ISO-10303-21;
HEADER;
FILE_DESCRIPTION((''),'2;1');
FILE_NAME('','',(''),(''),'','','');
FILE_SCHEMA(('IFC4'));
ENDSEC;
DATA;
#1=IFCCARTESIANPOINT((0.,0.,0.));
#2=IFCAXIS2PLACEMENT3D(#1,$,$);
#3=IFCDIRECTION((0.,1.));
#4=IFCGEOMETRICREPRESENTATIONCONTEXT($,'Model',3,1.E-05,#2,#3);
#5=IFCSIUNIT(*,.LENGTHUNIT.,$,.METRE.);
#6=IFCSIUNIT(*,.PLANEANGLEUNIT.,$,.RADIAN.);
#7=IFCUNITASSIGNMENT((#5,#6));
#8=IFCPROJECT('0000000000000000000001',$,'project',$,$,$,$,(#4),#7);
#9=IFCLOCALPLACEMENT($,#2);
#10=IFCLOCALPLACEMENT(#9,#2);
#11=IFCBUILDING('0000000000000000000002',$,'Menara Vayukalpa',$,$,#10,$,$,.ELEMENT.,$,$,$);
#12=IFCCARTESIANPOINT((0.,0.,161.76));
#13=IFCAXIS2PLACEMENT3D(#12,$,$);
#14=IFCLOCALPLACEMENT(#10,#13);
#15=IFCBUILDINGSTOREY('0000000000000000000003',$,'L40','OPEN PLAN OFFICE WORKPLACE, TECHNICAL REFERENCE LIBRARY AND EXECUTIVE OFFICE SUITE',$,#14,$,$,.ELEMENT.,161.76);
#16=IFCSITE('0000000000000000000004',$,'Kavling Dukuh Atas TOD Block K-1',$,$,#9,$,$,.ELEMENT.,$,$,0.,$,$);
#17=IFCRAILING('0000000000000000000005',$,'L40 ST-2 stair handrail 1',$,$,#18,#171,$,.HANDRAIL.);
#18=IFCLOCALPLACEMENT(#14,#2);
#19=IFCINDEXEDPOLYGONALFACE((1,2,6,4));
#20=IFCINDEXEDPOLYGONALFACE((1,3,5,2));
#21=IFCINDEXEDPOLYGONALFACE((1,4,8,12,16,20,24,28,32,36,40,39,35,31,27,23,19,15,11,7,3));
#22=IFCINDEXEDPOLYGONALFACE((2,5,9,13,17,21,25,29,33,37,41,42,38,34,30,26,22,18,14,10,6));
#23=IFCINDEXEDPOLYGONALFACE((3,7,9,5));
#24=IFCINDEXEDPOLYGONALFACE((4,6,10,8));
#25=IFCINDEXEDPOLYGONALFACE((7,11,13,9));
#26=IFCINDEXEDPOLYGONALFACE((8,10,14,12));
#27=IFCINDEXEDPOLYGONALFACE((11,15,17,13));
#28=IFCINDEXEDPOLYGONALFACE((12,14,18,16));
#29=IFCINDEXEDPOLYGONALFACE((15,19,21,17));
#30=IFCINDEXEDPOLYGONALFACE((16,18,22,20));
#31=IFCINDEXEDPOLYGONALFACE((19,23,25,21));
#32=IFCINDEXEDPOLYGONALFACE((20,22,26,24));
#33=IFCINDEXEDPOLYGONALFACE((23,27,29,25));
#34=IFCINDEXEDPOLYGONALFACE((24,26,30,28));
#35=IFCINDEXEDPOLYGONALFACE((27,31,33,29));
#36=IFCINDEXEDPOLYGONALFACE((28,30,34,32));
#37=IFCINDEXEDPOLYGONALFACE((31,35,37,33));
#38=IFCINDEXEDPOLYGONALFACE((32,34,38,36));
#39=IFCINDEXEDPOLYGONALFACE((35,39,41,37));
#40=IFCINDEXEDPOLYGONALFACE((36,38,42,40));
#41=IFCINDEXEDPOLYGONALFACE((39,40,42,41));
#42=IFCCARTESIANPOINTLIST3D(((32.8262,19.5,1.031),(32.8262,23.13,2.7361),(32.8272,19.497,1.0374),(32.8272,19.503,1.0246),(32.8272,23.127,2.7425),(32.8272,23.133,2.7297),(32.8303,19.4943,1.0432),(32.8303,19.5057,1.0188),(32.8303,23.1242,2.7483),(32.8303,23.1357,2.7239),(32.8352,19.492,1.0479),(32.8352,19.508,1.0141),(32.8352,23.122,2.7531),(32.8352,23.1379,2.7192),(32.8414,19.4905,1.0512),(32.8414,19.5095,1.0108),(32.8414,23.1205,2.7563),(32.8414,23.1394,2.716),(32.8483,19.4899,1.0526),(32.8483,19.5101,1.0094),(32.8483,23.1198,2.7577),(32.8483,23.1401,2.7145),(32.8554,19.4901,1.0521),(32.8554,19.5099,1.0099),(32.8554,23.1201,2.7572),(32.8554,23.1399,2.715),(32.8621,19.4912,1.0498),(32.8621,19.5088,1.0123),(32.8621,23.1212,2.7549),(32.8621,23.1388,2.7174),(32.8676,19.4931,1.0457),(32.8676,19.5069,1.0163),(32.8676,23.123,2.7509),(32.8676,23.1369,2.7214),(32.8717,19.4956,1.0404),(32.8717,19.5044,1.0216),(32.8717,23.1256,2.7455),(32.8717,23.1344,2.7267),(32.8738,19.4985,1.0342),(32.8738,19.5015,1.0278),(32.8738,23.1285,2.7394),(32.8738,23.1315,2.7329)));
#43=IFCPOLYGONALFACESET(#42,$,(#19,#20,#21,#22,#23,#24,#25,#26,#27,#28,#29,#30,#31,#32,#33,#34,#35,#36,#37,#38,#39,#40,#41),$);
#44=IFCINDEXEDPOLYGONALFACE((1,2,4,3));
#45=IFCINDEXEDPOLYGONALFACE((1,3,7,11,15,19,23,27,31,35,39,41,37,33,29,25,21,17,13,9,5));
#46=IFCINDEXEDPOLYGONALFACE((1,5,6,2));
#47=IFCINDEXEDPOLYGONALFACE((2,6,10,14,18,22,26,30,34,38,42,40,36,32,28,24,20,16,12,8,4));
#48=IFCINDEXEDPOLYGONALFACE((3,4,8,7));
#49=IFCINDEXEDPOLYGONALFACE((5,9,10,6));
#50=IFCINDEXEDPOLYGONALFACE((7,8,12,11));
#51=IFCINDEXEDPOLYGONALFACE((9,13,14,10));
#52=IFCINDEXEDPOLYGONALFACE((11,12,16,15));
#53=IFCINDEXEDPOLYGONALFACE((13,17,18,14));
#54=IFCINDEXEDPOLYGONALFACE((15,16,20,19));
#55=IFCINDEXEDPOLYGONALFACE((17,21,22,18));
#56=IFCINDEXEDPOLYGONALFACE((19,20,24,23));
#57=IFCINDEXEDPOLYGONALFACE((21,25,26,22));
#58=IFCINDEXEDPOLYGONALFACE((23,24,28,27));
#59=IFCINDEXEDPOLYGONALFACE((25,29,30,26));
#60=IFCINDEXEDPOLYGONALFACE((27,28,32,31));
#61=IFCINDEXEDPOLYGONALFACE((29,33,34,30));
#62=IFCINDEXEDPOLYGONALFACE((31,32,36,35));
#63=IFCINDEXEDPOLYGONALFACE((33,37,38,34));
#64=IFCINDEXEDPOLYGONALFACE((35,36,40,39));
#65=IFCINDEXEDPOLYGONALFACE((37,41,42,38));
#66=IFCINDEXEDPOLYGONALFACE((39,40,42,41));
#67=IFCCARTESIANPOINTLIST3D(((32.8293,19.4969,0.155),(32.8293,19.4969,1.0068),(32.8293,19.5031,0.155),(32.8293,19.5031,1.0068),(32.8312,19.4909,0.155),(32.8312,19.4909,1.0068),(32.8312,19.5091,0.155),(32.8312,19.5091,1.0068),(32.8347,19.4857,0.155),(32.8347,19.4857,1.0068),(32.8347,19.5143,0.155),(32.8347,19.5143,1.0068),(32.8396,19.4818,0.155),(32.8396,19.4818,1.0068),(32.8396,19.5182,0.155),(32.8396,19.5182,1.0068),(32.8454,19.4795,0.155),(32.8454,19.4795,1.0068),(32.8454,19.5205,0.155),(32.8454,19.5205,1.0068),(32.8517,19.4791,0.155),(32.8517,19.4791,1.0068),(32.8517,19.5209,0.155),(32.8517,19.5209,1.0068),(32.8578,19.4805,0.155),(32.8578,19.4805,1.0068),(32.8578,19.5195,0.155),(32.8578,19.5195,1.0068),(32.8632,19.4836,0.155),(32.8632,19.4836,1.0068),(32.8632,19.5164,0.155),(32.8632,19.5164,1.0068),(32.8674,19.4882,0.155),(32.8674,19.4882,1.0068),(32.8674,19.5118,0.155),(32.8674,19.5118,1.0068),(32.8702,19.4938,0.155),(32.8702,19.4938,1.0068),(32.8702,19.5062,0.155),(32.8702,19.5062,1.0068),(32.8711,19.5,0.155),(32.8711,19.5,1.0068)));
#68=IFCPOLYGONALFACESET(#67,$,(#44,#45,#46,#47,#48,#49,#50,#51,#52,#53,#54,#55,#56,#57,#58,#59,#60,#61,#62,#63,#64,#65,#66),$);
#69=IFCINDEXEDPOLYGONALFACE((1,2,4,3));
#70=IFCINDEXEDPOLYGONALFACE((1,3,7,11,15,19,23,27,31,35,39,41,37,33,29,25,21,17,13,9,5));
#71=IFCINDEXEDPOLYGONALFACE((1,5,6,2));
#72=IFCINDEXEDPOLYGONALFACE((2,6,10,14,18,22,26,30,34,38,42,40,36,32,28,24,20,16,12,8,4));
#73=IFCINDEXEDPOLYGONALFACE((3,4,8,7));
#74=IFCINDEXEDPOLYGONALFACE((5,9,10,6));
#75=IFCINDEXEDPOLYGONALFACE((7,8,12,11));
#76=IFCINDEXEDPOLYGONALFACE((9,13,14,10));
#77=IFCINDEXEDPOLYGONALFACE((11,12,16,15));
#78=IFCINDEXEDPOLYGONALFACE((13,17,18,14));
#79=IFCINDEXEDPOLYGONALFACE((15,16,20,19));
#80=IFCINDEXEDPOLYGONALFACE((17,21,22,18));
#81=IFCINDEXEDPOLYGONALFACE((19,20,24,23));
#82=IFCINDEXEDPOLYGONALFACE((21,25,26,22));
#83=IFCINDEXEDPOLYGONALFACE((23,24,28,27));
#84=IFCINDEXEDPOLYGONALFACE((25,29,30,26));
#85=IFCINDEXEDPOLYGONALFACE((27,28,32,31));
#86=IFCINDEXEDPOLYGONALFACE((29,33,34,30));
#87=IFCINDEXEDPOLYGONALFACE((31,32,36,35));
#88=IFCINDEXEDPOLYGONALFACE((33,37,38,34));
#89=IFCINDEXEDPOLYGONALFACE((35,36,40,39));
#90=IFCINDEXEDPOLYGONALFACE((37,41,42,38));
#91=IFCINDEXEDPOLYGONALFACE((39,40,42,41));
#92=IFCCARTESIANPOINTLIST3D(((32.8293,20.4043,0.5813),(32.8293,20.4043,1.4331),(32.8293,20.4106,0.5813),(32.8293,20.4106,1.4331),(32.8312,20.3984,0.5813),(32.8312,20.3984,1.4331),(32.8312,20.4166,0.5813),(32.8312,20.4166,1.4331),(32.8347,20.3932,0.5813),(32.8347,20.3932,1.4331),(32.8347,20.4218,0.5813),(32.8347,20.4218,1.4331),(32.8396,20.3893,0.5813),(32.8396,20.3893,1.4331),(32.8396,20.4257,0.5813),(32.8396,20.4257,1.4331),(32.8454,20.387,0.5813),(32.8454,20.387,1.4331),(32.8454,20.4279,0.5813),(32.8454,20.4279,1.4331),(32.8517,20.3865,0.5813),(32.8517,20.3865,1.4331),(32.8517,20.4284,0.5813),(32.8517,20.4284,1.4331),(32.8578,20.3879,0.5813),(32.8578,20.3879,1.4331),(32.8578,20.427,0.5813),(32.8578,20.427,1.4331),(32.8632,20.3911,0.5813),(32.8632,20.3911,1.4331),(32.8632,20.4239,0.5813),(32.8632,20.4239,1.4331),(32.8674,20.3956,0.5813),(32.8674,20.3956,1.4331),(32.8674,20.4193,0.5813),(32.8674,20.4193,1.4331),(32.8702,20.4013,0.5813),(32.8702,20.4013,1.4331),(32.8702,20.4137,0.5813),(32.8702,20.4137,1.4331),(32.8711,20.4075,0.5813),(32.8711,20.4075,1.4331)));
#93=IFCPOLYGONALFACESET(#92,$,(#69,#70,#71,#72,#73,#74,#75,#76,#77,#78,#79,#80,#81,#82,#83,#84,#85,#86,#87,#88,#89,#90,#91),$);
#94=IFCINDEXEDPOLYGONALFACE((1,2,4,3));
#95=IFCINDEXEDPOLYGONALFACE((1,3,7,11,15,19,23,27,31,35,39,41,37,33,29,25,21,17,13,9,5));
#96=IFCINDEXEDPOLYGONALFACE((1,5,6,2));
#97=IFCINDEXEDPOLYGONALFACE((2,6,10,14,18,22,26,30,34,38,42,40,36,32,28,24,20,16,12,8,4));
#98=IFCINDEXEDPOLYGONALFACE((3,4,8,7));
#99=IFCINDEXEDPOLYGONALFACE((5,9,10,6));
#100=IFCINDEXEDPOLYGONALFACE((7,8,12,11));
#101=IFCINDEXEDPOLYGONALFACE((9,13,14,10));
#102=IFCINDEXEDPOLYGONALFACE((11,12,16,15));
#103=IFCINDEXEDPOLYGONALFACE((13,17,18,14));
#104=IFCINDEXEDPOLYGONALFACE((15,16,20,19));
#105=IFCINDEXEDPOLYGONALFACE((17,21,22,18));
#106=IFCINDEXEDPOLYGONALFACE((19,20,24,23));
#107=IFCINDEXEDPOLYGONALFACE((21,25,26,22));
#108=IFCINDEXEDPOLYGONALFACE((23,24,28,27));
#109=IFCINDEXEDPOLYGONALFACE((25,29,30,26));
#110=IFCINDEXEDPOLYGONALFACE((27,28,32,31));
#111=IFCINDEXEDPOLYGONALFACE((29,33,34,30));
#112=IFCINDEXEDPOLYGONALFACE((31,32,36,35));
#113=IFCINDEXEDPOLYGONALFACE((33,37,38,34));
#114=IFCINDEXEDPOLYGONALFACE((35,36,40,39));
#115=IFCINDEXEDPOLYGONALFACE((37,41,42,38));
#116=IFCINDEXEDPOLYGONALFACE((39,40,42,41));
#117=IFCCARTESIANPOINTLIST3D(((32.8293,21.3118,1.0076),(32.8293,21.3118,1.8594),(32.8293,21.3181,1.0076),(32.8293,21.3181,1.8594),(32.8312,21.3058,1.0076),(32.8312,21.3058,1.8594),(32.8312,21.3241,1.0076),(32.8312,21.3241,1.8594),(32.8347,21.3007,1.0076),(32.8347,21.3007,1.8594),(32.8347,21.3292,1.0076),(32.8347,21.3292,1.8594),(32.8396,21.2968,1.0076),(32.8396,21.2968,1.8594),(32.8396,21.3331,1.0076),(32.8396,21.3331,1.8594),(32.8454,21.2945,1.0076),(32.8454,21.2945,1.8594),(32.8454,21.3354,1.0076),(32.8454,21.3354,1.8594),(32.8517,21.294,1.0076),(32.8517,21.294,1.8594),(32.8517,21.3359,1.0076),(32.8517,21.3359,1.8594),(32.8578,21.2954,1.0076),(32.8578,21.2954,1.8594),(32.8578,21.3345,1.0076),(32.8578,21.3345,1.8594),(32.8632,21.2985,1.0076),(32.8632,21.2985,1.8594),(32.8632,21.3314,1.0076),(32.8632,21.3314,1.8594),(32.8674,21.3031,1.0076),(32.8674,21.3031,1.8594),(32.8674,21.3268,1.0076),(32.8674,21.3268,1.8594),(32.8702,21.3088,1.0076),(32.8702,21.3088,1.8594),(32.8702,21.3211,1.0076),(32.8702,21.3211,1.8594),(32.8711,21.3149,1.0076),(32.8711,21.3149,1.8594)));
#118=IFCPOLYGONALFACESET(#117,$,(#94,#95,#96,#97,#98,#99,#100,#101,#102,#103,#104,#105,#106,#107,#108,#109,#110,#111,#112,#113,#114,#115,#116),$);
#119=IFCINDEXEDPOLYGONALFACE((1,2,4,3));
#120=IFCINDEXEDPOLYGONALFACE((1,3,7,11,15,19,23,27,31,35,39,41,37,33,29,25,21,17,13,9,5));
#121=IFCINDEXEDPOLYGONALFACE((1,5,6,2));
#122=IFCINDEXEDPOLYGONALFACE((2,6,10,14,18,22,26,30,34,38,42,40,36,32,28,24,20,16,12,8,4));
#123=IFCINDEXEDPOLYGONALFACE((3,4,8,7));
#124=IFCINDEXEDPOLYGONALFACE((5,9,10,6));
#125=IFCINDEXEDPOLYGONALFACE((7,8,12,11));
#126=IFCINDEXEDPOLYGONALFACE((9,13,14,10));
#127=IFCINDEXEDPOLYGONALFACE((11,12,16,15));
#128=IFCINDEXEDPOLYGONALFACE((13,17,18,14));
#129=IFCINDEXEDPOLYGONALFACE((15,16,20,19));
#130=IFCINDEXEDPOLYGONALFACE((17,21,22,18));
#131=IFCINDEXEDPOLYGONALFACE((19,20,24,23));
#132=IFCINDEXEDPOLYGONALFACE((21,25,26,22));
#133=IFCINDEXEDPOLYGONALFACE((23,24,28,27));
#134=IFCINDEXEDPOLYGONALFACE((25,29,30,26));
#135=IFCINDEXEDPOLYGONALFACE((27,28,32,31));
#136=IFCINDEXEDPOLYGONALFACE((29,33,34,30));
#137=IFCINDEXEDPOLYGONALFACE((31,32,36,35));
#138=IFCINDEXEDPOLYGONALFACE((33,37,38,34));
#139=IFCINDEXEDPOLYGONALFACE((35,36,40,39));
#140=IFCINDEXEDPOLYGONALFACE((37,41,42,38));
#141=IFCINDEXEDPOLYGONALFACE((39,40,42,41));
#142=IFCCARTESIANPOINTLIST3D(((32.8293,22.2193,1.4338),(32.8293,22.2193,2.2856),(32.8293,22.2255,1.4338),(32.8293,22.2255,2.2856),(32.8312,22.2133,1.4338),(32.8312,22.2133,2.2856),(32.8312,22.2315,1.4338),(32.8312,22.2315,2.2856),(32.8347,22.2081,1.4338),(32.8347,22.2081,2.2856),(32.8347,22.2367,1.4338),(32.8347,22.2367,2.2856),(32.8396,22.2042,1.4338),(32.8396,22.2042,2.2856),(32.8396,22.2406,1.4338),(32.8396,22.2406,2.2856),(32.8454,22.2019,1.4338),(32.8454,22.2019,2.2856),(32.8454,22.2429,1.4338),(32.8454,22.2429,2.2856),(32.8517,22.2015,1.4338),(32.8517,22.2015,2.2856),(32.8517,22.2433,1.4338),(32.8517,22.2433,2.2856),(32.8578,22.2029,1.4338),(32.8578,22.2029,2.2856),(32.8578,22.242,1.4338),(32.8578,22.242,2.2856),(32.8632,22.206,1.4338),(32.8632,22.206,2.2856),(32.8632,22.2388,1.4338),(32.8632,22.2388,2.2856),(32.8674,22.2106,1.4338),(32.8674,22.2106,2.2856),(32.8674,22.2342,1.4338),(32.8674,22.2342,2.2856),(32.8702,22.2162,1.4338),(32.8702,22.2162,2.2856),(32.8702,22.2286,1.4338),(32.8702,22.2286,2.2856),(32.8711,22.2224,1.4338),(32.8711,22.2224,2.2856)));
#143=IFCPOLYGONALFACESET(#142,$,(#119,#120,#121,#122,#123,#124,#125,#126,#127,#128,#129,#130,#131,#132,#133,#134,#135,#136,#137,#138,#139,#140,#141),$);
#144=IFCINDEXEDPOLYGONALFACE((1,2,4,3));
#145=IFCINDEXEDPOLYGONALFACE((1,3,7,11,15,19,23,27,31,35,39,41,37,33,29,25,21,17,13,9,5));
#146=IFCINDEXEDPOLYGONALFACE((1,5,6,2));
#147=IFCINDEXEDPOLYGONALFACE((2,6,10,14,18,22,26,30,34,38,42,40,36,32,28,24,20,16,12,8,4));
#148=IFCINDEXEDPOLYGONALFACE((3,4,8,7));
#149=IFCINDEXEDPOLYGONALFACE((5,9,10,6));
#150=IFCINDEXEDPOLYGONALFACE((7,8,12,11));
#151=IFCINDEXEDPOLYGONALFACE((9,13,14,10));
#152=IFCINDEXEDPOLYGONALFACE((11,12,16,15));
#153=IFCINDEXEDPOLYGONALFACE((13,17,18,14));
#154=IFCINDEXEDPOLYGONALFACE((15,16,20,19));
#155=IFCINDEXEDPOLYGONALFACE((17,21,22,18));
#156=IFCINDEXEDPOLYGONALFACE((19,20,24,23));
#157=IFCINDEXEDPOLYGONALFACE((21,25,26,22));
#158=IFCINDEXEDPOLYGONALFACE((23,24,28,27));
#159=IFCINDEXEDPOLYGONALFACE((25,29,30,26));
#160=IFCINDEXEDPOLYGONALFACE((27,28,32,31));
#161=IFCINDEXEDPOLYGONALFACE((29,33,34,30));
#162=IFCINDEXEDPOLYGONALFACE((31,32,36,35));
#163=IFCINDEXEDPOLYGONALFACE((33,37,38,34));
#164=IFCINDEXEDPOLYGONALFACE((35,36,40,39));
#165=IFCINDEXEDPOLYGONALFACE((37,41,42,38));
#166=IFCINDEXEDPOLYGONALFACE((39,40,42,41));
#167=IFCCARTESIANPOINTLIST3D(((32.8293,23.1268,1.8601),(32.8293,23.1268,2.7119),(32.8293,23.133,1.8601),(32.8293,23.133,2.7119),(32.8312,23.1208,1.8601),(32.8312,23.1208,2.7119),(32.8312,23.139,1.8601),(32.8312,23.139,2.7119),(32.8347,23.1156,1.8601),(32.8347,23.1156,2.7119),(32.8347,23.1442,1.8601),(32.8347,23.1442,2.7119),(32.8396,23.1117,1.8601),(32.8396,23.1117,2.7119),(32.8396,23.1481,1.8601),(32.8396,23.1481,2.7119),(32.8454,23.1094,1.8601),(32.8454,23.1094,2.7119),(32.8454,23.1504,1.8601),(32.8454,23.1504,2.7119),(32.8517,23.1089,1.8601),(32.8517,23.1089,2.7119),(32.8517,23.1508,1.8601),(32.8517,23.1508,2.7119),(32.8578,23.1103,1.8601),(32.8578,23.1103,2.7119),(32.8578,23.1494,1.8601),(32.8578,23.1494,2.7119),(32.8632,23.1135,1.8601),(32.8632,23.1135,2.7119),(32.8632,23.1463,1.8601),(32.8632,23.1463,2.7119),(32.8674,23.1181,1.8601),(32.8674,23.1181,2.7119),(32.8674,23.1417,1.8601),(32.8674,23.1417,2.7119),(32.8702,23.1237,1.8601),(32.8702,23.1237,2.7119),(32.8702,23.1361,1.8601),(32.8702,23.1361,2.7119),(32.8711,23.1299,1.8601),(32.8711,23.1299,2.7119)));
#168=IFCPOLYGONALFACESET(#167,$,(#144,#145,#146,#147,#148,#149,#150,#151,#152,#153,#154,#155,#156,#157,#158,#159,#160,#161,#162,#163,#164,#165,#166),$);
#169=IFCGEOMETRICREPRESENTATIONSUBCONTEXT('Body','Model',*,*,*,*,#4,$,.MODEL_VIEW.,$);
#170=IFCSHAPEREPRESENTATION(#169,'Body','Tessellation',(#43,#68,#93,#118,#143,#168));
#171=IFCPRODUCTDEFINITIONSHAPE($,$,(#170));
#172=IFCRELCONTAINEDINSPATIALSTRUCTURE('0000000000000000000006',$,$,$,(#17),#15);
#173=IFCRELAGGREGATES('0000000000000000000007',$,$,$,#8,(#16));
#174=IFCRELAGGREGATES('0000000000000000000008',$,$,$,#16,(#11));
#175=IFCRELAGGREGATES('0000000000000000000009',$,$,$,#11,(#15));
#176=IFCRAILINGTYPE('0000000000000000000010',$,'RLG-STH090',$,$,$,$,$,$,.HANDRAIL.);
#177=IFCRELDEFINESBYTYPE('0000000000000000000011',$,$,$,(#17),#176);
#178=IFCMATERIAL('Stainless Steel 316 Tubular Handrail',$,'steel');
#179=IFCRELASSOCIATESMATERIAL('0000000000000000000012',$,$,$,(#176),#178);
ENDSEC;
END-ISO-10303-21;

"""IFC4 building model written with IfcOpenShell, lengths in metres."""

from ifc_helpers import new_model, si_unit, direction, frame, origin, origin_2d, place, context, subcontext, project, spatial, circle, extrude, material, type_object, element, save


model = new_model("IFC4")

# Units and contexts
model_context = context("Model", 3, precision=1e-05, world=origin(), true_north=direction((0.0, 1.0)))
body_context = subcontext(model_context, "Body", "Model", "MODEL_VIEW")
ifc_project = project(units=[si_unit("LENGTHUNIT", "METRE"), si_unit("PLANEANGLEUNIT", "RADIAN")], contexts=[model_context])

# Site, building, storey
site_placement = place(None, origin())
site = spatial("IfcSite", under=ifc_project, at=site_placement, Name="Kavling Dukuh Atas TOD Block K-1", CompositionType="ELEMENT", RefElevation=0.0)
building_placement = place(site_placement, origin())
building = spatial("IfcBuilding", under=site, at=building_placement, Name="Menara Vayukalpa", CompositionType="ELEMENT")
storey_placement = place(building_placement, frame((0.0, 0.0, 161.76)))
storey = spatial("IfcBuildingStorey", under=building, at=storey_placement, Name="L40", Description="OPEN PLAN OFFICE WORKPLACE, TECHNICAL REFERENCE LIBRARY AND EXECUTIVE OFFICE SUITE", CompositionType="ELEMENT", Elevation=161.76)

# Railing
ifc_material_1 = material(Name="Stainless Steel 316 Tubular Handrail", Category="steel")
railing_type_1 = type_object("IfcRailingType", Name="RLG-STH090", PredefinedType="HANDRAIL", material=ifc_material_1)
railing_1_placement = place(storey_placement, frame((32.8501, 19.5, 0.155)))
element("IfcRailing", 1, at=railing_1_placement, inside=storey, type_object=railing_type_1, Name="L40 ST-2 stair handrail 1", PredefinedType="HANDRAIL", context=body_context, shape_type="SweptSolid", body=[
    extrude(circle(Radius=0.0239, at=origin_2d()), frame((0.0, 0.0, 0.876), z_axis=(0.0, 0.905116, 0.425164), x_axis=(-1.0, 0.0, 0.0)), (0.0, 0.0, 1.0), 4.0105),
    extrude(circle(Radius=0.021, at=origin_2d()), origin(), (0.0, 0.0, 1.0), 0.8518),
    extrude(circle(Radius=0.021, at=origin_2d()), frame((0.0, 0.9075, 0.4263)), (0.0, 0.0, 1.0), 0.8518),
    extrude(circle(Radius=0.021, at=origin_2d()), frame((0.0, 1.8149, 0.8525)), (0.0, 0.0, 1.0), 0.8518),
    extrude(circle(Radius=0.021, at=origin_2d()), frame((0.0, 2.7224, 1.2788)), (0.0, 0.0, 1.0), 0.8518),
    extrude(circle(Radius=0.021, at=origin_2d()), frame((0.0, 3.6299, 1.7051)), (0.0, 0.0, 1.0), 0.8518),
])

save(model, "model.ifc")
